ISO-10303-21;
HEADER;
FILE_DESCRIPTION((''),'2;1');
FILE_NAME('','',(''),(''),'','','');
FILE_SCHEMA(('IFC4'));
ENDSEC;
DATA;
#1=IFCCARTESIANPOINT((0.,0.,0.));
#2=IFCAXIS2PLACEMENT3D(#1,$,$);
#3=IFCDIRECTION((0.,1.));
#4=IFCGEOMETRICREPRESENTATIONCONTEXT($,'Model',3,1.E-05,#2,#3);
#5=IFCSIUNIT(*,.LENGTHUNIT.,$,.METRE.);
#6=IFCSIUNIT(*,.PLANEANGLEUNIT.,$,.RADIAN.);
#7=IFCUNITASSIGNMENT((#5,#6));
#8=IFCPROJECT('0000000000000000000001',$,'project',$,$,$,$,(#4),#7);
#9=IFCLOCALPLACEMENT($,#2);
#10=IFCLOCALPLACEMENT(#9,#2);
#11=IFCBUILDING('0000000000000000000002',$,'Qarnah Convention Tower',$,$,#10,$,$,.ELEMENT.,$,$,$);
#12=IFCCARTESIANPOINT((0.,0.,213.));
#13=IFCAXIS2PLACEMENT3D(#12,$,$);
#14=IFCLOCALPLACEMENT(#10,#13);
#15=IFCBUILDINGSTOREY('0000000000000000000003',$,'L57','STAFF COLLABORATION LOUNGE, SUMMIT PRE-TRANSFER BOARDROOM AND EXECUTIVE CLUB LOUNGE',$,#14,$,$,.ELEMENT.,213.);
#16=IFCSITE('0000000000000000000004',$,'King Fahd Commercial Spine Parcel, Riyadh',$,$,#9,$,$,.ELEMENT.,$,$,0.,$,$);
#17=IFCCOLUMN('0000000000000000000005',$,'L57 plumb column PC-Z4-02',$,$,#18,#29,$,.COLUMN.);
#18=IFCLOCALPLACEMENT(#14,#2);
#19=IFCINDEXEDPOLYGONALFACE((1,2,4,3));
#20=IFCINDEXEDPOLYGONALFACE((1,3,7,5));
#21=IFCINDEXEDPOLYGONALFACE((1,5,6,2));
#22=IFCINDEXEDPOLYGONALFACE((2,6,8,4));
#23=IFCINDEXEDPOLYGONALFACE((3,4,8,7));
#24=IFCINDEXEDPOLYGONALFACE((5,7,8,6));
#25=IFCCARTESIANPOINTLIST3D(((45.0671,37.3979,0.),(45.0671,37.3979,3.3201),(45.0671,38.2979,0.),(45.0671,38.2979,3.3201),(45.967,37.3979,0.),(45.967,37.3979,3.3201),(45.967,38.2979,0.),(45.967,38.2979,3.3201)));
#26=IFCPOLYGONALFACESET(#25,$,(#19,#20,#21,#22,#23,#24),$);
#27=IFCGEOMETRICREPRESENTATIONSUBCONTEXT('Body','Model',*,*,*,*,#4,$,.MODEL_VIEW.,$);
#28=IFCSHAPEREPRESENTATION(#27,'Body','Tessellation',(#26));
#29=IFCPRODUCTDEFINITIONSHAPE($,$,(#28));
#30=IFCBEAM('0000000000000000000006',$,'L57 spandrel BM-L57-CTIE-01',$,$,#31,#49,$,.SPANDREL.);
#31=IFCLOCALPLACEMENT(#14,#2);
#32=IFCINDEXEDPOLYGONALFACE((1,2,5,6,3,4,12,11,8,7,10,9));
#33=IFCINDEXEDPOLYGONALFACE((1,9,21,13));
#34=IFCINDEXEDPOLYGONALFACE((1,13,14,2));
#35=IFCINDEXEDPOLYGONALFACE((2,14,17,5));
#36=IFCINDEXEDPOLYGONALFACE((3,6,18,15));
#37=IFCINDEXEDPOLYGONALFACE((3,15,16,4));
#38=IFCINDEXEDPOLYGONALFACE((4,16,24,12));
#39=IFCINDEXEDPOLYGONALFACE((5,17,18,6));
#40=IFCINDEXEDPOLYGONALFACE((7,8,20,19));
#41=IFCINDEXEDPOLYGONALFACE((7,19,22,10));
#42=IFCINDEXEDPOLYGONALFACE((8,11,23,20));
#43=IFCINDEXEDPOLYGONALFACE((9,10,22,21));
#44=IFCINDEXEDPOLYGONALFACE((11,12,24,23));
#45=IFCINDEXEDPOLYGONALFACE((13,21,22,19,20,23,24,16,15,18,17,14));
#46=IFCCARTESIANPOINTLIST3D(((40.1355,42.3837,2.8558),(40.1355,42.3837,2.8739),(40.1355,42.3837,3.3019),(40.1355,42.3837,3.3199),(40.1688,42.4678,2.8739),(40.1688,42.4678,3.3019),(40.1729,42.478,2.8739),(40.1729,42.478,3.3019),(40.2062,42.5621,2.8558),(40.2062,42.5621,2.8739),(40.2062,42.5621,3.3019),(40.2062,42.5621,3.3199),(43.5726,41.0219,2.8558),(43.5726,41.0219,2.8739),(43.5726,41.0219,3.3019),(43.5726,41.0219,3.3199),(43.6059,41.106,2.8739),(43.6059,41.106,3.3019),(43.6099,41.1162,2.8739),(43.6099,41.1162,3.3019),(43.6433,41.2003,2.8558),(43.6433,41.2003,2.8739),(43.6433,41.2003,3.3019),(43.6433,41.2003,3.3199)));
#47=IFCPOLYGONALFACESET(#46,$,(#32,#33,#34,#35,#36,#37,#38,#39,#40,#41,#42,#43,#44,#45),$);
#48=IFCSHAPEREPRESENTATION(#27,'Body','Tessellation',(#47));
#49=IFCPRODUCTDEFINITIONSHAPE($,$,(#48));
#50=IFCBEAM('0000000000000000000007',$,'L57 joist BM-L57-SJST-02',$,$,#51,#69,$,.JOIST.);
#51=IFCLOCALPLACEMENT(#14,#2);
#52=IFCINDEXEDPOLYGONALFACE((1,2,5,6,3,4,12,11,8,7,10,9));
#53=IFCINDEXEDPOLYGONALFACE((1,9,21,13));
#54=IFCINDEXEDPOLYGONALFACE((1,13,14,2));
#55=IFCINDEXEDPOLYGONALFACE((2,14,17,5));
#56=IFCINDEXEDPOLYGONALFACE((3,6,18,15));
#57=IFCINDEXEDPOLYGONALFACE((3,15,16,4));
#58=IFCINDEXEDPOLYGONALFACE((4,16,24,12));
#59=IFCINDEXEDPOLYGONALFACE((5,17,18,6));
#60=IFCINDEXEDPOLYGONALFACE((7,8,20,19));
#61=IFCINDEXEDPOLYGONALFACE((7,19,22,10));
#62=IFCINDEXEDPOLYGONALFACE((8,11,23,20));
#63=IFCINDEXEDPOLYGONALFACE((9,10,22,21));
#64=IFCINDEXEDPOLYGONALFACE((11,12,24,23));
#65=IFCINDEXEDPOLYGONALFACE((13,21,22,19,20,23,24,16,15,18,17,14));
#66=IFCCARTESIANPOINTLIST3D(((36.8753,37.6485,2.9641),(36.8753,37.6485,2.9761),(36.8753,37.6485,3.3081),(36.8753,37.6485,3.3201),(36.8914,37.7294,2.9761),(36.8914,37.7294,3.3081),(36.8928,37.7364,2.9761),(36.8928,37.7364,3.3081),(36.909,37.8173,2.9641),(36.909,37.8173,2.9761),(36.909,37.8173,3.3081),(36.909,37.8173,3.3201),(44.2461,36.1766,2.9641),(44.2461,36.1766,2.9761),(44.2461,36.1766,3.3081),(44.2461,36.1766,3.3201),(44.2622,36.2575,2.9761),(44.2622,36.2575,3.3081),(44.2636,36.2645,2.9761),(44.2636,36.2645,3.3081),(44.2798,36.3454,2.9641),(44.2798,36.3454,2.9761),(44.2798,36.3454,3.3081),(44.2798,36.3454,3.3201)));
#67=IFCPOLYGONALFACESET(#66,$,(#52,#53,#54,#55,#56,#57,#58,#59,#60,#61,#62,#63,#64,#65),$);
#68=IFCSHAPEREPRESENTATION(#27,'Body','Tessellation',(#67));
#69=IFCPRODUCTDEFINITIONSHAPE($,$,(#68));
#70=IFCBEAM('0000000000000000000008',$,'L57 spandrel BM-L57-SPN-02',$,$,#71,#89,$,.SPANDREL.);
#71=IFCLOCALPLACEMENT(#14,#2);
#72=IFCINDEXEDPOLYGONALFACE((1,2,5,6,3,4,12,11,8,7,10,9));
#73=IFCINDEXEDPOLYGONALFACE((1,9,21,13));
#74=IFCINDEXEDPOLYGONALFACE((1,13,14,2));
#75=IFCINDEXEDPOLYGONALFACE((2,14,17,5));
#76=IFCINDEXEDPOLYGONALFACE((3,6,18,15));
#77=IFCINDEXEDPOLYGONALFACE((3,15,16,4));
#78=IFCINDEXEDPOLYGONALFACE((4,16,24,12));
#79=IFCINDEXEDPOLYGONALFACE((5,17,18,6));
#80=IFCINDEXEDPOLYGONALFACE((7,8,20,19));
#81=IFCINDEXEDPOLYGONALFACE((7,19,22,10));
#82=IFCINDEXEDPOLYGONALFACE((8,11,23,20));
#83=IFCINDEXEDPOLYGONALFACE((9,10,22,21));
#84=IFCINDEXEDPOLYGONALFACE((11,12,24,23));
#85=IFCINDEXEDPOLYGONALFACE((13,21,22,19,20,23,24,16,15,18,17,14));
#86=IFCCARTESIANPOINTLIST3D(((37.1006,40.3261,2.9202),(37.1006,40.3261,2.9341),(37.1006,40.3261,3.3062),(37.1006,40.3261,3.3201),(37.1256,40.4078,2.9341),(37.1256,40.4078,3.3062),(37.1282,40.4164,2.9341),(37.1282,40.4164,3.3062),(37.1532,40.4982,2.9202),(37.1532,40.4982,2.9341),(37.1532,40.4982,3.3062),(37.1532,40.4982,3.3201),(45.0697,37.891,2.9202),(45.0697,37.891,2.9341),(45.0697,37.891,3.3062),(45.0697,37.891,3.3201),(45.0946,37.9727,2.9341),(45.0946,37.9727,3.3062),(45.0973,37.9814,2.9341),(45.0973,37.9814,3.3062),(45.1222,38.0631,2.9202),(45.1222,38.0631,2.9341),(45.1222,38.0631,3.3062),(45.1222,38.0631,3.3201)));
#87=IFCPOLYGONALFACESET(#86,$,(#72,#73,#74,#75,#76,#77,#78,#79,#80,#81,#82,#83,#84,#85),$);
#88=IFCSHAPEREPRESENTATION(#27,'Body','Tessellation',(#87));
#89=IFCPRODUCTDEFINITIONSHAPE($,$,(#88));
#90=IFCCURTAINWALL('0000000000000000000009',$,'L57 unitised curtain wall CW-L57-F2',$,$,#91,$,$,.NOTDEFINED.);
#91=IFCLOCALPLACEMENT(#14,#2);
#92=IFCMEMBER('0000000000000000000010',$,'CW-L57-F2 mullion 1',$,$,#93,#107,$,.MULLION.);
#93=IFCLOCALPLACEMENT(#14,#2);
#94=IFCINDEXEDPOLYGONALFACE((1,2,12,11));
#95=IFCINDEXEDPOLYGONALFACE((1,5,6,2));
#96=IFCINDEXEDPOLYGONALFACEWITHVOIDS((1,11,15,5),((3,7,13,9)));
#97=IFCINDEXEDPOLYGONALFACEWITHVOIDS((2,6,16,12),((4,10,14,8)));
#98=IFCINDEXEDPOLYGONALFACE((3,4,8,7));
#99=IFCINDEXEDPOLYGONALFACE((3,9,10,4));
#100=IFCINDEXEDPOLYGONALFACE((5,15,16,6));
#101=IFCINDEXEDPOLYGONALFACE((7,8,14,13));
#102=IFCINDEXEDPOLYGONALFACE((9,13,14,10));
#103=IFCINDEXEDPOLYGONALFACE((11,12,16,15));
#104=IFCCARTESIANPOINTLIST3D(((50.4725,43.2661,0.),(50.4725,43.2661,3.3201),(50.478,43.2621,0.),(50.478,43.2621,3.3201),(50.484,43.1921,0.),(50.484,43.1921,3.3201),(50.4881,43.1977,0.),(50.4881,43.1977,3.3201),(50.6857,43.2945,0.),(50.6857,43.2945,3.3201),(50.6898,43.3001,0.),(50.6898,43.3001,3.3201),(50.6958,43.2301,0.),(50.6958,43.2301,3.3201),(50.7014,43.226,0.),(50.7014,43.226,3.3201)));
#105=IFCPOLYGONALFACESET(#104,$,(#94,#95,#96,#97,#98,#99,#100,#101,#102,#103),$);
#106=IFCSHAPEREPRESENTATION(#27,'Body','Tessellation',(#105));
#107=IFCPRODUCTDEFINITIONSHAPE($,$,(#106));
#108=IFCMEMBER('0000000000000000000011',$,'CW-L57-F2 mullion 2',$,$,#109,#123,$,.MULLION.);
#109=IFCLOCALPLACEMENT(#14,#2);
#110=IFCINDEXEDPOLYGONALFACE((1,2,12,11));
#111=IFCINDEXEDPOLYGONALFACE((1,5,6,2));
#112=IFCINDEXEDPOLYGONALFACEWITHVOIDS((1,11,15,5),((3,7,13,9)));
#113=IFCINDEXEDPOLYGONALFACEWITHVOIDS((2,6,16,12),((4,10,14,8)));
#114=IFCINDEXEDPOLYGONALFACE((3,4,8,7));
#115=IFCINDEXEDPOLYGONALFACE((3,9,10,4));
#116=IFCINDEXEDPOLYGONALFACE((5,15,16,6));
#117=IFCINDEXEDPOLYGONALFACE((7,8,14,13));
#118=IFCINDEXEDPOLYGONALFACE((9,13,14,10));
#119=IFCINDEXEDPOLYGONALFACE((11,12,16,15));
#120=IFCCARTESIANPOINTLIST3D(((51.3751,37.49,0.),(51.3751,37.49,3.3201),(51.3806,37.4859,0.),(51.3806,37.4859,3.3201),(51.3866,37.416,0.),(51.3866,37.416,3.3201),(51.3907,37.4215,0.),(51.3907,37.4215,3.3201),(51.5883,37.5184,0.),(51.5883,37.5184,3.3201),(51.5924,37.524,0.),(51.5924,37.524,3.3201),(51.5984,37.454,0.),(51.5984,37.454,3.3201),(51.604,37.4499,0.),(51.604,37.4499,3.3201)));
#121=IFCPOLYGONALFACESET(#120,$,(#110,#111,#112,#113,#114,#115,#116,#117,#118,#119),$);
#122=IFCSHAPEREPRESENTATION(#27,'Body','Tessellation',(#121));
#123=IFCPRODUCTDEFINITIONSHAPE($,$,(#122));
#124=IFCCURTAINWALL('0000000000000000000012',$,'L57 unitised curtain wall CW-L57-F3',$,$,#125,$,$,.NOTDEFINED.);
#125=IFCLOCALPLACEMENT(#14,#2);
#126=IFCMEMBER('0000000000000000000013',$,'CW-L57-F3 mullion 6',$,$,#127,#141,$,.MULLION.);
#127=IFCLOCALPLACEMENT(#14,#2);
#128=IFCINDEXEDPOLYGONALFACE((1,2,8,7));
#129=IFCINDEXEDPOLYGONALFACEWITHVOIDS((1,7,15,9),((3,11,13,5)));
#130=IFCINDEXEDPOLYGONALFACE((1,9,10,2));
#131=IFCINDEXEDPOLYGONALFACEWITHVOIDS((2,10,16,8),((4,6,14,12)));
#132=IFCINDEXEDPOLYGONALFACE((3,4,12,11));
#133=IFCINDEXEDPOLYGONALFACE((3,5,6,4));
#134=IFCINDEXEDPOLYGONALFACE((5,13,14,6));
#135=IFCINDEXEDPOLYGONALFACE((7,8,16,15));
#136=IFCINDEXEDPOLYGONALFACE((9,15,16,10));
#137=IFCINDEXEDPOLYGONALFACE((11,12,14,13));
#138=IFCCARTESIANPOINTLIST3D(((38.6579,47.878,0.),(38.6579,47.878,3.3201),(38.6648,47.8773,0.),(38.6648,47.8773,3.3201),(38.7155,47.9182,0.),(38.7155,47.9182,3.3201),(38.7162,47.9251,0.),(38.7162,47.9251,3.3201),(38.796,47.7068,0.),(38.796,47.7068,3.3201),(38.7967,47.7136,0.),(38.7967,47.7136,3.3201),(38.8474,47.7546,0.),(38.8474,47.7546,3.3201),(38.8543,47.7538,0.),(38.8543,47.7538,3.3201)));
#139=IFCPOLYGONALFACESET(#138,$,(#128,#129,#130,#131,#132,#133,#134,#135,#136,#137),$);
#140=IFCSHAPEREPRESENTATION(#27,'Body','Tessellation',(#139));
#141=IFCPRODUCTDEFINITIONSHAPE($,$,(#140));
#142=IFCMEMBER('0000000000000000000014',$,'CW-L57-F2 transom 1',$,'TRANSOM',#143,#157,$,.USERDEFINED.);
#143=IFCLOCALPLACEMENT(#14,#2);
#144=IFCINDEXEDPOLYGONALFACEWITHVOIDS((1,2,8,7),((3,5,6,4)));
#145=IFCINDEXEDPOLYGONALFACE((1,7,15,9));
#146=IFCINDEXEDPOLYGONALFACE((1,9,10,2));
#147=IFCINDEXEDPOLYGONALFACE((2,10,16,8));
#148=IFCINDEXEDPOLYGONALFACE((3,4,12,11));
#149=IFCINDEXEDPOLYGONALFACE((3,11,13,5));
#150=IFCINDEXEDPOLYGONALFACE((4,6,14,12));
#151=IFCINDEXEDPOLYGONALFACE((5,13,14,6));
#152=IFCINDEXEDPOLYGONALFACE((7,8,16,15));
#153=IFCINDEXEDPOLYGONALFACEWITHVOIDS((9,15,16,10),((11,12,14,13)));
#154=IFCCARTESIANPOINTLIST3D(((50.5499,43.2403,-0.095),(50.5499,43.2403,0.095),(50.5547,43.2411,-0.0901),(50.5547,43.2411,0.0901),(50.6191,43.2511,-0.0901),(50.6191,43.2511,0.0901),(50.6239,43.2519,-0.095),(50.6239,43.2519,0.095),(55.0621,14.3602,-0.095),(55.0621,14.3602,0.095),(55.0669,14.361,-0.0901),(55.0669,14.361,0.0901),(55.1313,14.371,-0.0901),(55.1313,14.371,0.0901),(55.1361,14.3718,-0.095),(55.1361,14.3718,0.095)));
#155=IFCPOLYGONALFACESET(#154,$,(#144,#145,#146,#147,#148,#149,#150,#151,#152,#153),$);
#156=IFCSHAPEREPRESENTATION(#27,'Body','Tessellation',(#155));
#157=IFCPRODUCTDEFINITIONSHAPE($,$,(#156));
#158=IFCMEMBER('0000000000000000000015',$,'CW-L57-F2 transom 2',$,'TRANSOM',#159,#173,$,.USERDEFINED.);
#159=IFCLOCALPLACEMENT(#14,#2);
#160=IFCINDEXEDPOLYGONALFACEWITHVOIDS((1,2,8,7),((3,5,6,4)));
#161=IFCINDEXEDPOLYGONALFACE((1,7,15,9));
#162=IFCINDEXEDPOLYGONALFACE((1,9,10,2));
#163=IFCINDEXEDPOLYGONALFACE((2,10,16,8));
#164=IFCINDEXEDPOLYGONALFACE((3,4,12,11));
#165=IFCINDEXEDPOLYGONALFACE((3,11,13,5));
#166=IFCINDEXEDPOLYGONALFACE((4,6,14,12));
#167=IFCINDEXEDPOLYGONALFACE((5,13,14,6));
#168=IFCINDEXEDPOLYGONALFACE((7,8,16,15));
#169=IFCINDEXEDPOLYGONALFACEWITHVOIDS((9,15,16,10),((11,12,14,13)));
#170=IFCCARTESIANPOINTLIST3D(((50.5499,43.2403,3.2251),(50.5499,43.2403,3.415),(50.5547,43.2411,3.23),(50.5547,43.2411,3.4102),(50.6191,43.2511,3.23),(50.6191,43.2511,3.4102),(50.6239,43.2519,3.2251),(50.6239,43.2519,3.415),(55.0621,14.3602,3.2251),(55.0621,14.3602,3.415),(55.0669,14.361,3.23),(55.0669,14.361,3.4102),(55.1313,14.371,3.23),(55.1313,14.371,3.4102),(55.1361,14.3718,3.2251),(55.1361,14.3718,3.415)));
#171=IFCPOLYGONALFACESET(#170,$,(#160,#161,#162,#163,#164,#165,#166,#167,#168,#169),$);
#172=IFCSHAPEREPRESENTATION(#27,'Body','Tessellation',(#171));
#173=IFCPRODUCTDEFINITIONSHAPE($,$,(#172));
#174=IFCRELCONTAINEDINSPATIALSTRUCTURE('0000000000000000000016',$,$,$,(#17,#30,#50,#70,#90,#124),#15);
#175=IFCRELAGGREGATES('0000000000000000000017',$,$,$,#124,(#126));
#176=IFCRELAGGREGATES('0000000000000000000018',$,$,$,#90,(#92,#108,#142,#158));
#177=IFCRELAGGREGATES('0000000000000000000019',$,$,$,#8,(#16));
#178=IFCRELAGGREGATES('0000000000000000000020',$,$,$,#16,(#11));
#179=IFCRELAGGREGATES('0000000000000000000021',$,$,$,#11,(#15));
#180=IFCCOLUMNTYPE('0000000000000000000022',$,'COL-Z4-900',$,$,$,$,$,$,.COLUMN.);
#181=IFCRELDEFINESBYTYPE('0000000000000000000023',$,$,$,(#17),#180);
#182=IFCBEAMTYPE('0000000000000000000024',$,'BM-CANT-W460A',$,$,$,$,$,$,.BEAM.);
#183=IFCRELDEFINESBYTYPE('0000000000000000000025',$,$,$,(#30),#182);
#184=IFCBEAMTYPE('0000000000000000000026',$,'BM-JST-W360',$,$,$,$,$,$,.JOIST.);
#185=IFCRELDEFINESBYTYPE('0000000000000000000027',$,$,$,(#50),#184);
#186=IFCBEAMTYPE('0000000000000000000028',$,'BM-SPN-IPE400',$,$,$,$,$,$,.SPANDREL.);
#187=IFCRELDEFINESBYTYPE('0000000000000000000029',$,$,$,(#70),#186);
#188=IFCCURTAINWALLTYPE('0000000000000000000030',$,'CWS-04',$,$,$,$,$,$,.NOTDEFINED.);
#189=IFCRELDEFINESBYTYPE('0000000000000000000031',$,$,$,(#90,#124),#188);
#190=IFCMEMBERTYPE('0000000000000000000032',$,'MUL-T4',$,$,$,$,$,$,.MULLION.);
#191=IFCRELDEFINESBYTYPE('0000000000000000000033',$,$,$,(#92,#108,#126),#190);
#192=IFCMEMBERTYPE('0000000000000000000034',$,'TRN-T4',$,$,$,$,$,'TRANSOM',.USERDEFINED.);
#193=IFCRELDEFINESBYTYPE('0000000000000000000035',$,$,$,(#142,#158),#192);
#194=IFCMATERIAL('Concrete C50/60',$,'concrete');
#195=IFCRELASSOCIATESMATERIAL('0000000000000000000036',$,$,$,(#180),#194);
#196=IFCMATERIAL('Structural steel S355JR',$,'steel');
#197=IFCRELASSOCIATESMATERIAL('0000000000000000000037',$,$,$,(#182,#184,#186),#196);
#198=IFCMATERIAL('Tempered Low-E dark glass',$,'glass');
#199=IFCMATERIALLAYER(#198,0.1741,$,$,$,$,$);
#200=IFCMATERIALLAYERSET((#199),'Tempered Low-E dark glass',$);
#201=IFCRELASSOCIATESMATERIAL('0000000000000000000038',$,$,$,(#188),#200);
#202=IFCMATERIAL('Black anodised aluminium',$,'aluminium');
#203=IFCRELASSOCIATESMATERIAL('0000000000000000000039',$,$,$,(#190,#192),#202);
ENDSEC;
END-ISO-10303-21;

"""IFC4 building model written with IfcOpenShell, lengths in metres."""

from ifc_helpers import new_model, si_unit, direction, frame, origin, origin_2d, place, context, subcontext, project, spatial, rectangle, hollow_rectangle, i_section, extrude, material, layer, layer_set, material_profile, profile_set, type_object, element, aggregate, save


model = new_model("IFC4")

# Units and contexts
model_context = context("Model", 3, precision=1e-05, world=origin(), true_north=direction((0.0, 1.0)))
body_context = subcontext(model_context, "Body", "Model", "MODEL_VIEW")
ifc_project = project(units=[si_unit("LENGTHUNIT", "METRE"), si_unit("PLANEANGLEUNIT", "RADIAN")], contexts=[model_context])

# Site, building, storey
site_placement = place(None, origin())
site = spatial("IfcSite", under=ifc_project, at=site_placement, Name="King Fahd Commercial Spine Parcel, Riyadh", CompositionType="ELEMENT", RefElevation=0.0)
building_placement = place(site_placement, origin())
building = spatial("IfcBuilding", under=site, at=building_placement, Name="Qarnah Convention Tower", CompositionType="ELEMENT")
storey_placement = place(building_placement, frame((0.0, 0.0, 213.0)))
storey = spatial("IfcBuildingStorey", under=building, at=storey_placement, Name="L57", Description="STAFF COLLABORATION LOUNGE, SUMMIT PRE-TRANSFER BOARDROOM AND EXECUTIVE CLUB LOUNGE", CompositionType="ELEMENT", Elevation=213.0)

# Column
ifc_material_1 = material(Name="Concrete C50/60", Category="concrete")
ifc_material_profile_1 = material_profile(ifc_material_1, rectangle(XDim=0.8999, YDim=0.8999, at=origin_2d()), Name="RC-COL-900X900")
ifc_profile_set_1 = profile_set([ifc_material_profile_1], Name="Concrete C50/60")
column_type = type_object("IfcColumnType", Name="COL-Z4-900", PredefinedType="COLUMN", material=ifc_profile_set_1)
column_placement = place(storey_placement, frame((45.5171, 37.8479, 0.0), z_axis=(0.0, 0.0, 1.0), x_axis=(1.0, 0.0, 0.0)))
element("IfcColumn", 1, at=column_placement, inside=storey, type_object=column_type, Name="L57 plumb column PC-Z4-02", PredefinedType="COLUMN", context=body_context, shape_type="SweptSolid", body=[
    extrude(rectangle(XDim=0.8999, YDim=0.8999, at=origin_2d()), origin(), (0.0, 0.0, 1.0), 3.3201),
])

# Beams
ifc_material_2 = material(Name="Structural steel S355JR", Category="steel")
ifc_material_profile_2 = material_profile(ifc_material_2, i_section(OverallWidth=0.1919, OverallDepth=0.4641, WebThickness=0.011, FlangeThickness=0.0181, at=origin_2d()), Name="W460X89")
ifc_profile_set_2 = profile_set([ifc_material_profile_2], Name="Structural steel S355JR")
beam_type_1 = type_object("IfcBeamType", Name="BM-CANT-W460A", PredefinedType="BEAM", material=ifc_profile_set_2)
beam_1_placement = place(storey_placement, frame((43.6079, 41.1111, 3.0879), z_axis=(-0.929683, 0.36836, 0.0), x_axis=(-0.36836, -0.929683, 0.0)))
element("IfcBeam", 2, at=beam_1_placement, inside=storey, type_object=beam_type_1, Name="L57 spandrel BM-L57-CTIE-01", PredefinedType="SPANDREL", context=body_context, shape_type="SweptSolid", body=[
    extrude(i_section(OverallWidth=0.1919, OverallDepth=0.4641, WebThickness=0.011, FlangeThickness=0.0181, at=origin_2d()), origin(), (0.0, 0.0, 1.0), 3.697),
])
ifc_material_profile_3 = material_profile(ifc_material_2, i_section(OverallWidth=0.1721, OverallDepth=0.356, WebThickness=0.0071, FlangeThickness=0.012, at=origin_2d()), Name="W360X51")
ifc_profile_set_3 = profile_set([ifc_material_profile_3], Name="Structural steel S355JR")
beam_type_2 = type_object("IfcBeamType", Name="BM-JST-W360", PredefinedType="JOIST", material=ifc_profile_set_3)
beam_2_placement = place(storey_placement, frame((44.2629, 36.261, 3.1421), z_axis=(-0.980638, 0.195829, 0.0), x_axis=(-0.195829, -0.980638, 0.0)))
element("IfcBeam", 3, at=beam_2_placement, inside=storey, type_object=beam_type_2, Name="L57 joist BM-L57-SJST-02", PredefinedType="JOIST", context=body_context, shape_type="SweptSolid", body=[
    extrude(i_section(OverallWidth=0.1721, OverallDepth=0.356, WebThickness=0.0071, FlangeThickness=0.012, at=origin_2d()), origin(), (0.0, 0.0, 1.0), 7.5164),
])
ifc_material_profile_4 = material_profile(ifc_material_2, i_section(OverallWidth=0.1799, OverallDepth=0.3999, WebThickness=0.009, FlangeThickness=0.0139, at=origin_2d()), Name="IPE400")
ifc_profile_set_4 = profile_set([ifc_material_profile_4], Name="Structural steel S355JR")
beam_type_3 = type_object("IfcBeamType", Name="BM-SPN-IPE400", PredefinedType="SPANDREL", material=ifc_profile_set_4)
beam_3_placement = place(storey_placement, frame((45.0959, 37.9771, 3.1201), z_axis=(-0.956349, 0.292228, 0.0), x_axis=(-0.292228, -0.956349, 0.0)))
element("IfcBeam", 4, at=beam_3_placement, inside=storey, type_object=beam_type_3, Name="L57 spandrel BM-L57-SPN-02", PredefinedType="SPANDREL", context=body_context, shape_type="SweptSolid", body=[
    extrude(i_section(OverallWidth=0.1799, OverallDepth=0.3999, WebThickness=0.009, FlangeThickness=0.0139, at=origin_2d()), origin(), (0.0, 0.0, 1.0), 8.3328),
])

# Curtain wall, members
ifc_material_3 = material(Name="Tempered Low-E dark glass", Category="glass")
ifc_layer_1 = layer(ifc_material_3, 0.1741)
ifc_layer_set_1 = layer_set([ifc_layer_1], Name="Tempered Low-E dark glass")
curtain_wall_type = type_object("IfcCurtainWallType", Name="CWS-04", PredefinedType="NOTDEFINED", material=ifc_layer_set_1)
curtain_wall_1_placement = place(storey_placement, origin())
curtain_wall_1 = element("IfcCurtainWall", 5, at=curtain_wall_1_placement, inside=storey, type_object=curtain_wall_type, Name="L57 unitised curtain wall CW-L57-F2", PredefinedType="NOTDEFINED")
ifc_material_4 = material(Name="Black anodised aluminium", Category="aluminium")
ifc_material_profile_5 = material_profile(ifc_material_4, hollow_rectangle(XDim=0.075, YDim=0.22, WallThickness=0.0049, at=origin_2d()), Name="MUL-75X220")
ifc_profile_set_5 = profile_set([ifc_material_profile_5], Name="Black anodised aluminium")
member_type_1 = type_object("IfcMemberType", Name="MUL-T4", PredefinedType="MULLION", material=ifc_profile_set_5)
member_1_placement = place(storey_placement, frame((50.5869, 43.2461, 0.0), z_axis=(0.0, 0.0, 1.0), x_axis=(0.15436, -0.988015, 0.0)))
member_1 = element("IfcMember", 6, at=member_1_placement, type_object=member_type_1, Name="CW-L57-F2 mullion 1", PredefinedType="MULLION", context=body_context, shape_type="SweptSolid", body=[
    extrude(hollow_rectangle(XDim=0.075, YDim=0.22, WallThickness=0.0049, at=origin_2d()), origin(), (0.0, 0.0, 1.0), 3.3201),
])
member_2_placement = place(storey_placement, frame((51.4895, 37.47, 0.0), z_axis=(0.0, 0.0, 1.0), x_axis=(0.15436, -0.988015, 0.0)))
member_2 = element("IfcMember", 7, at=member_2_placement, type_object=member_type_1, Name="CW-L57-F2 mullion 2", PredefinedType="MULLION", context=body_context, shape_type="SweptSolid", body=[
    extrude(hollow_rectangle(XDim=0.075, YDim=0.22, WallThickness=0.0049, at=origin_2d()), origin(), (0.0, 0.0, 1.0), 3.3201),
])

# Curtain wall, member
curtain_wall_2_placement = place(storey_placement, origin())
curtain_wall_2 = element("IfcCurtainWall", 8, at=curtain_wall_2_placement, inside=storey, type_object=curtain_wall_type, Name="L57 unitised curtain wall CW-L57-F3", PredefinedType="NOTDEFINED")
member_3_placement = place(storey_placement, frame((38.7561, 47.8159, 0.0), z_axis=(0.0, 0.0, 1.0), x_axis=(0.778477, 0.627674, 0.0)))
member_3 = element("IfcMember", 9, at=member_3_placement, type_object=member_type_1, Name="CW-L57-F3 mullion 6", PredefinedType="MULLION", context=body_context, shape_type="SweptSolid", body=[
    extrude(hollow_rectangle(XDim=0.075, YDim=0.22, WallThickness=0.0049, at=origin_2d()), origin(), (0.0, 0.0, 1.0), 3.3201),
])
aggregate(curtain_wall_2, [member_3])

# Members
ifc_material_profile_6 = material_profile(ifc_material_4, hollow_rectangle(XDim=0.075, YDim=0.1899, WallThickness=0.0049, at=origin_2d()), Name="TRN-75X190")
ifc_profile_set_6 = profile_set([ifc_material_profile_6], Name="Black anodised aluminium")
member_type_2 = type_object("IfcMemberType", Name="TRN-T4", ElementType="TRANSOM", PredefinedType="USERDEFINED", material=ifc_profile_set_6)
member_4_placement = place(storey_placement, frame((50.5869, 43.2461, 0.0), z_axis=(0.154366, -0.988014, 0.0), x_axis=(0.988014, 0.154366, 0.0)))
member_4 = element("IfcMember", 10, at=member_4_placement, type_object=member_type_2, Name="CW-L57-F2 transom 1", ObjectType="TRANSOM", PredefinedType="USERDEFINED", context=body_context, shape_type="SweptSolid", body=[
    extrude(hollow_rectangle(XDim=0.075, YDim=0.1899, WallThickness=0.0049, at=origin_2d()), origin(), (0.0, 0.0, 1.0), 29.2305),
])
member_5_placement = place(storey_placement, frame((50.5869, 43.2461, 3.3201), z_axis=(0.154366, -0.988014, 0.0), x_axis=(0.988014, 0.154366, 0.0)))
member_5 = element("IfcMember", 11, at=member_5_placement, type_object=member_type_2, Name="CW-L57-F2 transom 2", ObjectType="TRANSOM", PredefinedType="USERDEFINED", context=body_context, shape_type="SweptSolid", body=[
    extrude(hollow_rectangle(XDim=0.075, YDim=0.1899, WallThickness=0.0049, at=origin_2d()), origin(), (0.0, 0.0, 1.0), 29.2305),
])

aggregate(curtain_wall_1, [member_1, member_2, member_4, member_5])

save(model, "model.ifc")
